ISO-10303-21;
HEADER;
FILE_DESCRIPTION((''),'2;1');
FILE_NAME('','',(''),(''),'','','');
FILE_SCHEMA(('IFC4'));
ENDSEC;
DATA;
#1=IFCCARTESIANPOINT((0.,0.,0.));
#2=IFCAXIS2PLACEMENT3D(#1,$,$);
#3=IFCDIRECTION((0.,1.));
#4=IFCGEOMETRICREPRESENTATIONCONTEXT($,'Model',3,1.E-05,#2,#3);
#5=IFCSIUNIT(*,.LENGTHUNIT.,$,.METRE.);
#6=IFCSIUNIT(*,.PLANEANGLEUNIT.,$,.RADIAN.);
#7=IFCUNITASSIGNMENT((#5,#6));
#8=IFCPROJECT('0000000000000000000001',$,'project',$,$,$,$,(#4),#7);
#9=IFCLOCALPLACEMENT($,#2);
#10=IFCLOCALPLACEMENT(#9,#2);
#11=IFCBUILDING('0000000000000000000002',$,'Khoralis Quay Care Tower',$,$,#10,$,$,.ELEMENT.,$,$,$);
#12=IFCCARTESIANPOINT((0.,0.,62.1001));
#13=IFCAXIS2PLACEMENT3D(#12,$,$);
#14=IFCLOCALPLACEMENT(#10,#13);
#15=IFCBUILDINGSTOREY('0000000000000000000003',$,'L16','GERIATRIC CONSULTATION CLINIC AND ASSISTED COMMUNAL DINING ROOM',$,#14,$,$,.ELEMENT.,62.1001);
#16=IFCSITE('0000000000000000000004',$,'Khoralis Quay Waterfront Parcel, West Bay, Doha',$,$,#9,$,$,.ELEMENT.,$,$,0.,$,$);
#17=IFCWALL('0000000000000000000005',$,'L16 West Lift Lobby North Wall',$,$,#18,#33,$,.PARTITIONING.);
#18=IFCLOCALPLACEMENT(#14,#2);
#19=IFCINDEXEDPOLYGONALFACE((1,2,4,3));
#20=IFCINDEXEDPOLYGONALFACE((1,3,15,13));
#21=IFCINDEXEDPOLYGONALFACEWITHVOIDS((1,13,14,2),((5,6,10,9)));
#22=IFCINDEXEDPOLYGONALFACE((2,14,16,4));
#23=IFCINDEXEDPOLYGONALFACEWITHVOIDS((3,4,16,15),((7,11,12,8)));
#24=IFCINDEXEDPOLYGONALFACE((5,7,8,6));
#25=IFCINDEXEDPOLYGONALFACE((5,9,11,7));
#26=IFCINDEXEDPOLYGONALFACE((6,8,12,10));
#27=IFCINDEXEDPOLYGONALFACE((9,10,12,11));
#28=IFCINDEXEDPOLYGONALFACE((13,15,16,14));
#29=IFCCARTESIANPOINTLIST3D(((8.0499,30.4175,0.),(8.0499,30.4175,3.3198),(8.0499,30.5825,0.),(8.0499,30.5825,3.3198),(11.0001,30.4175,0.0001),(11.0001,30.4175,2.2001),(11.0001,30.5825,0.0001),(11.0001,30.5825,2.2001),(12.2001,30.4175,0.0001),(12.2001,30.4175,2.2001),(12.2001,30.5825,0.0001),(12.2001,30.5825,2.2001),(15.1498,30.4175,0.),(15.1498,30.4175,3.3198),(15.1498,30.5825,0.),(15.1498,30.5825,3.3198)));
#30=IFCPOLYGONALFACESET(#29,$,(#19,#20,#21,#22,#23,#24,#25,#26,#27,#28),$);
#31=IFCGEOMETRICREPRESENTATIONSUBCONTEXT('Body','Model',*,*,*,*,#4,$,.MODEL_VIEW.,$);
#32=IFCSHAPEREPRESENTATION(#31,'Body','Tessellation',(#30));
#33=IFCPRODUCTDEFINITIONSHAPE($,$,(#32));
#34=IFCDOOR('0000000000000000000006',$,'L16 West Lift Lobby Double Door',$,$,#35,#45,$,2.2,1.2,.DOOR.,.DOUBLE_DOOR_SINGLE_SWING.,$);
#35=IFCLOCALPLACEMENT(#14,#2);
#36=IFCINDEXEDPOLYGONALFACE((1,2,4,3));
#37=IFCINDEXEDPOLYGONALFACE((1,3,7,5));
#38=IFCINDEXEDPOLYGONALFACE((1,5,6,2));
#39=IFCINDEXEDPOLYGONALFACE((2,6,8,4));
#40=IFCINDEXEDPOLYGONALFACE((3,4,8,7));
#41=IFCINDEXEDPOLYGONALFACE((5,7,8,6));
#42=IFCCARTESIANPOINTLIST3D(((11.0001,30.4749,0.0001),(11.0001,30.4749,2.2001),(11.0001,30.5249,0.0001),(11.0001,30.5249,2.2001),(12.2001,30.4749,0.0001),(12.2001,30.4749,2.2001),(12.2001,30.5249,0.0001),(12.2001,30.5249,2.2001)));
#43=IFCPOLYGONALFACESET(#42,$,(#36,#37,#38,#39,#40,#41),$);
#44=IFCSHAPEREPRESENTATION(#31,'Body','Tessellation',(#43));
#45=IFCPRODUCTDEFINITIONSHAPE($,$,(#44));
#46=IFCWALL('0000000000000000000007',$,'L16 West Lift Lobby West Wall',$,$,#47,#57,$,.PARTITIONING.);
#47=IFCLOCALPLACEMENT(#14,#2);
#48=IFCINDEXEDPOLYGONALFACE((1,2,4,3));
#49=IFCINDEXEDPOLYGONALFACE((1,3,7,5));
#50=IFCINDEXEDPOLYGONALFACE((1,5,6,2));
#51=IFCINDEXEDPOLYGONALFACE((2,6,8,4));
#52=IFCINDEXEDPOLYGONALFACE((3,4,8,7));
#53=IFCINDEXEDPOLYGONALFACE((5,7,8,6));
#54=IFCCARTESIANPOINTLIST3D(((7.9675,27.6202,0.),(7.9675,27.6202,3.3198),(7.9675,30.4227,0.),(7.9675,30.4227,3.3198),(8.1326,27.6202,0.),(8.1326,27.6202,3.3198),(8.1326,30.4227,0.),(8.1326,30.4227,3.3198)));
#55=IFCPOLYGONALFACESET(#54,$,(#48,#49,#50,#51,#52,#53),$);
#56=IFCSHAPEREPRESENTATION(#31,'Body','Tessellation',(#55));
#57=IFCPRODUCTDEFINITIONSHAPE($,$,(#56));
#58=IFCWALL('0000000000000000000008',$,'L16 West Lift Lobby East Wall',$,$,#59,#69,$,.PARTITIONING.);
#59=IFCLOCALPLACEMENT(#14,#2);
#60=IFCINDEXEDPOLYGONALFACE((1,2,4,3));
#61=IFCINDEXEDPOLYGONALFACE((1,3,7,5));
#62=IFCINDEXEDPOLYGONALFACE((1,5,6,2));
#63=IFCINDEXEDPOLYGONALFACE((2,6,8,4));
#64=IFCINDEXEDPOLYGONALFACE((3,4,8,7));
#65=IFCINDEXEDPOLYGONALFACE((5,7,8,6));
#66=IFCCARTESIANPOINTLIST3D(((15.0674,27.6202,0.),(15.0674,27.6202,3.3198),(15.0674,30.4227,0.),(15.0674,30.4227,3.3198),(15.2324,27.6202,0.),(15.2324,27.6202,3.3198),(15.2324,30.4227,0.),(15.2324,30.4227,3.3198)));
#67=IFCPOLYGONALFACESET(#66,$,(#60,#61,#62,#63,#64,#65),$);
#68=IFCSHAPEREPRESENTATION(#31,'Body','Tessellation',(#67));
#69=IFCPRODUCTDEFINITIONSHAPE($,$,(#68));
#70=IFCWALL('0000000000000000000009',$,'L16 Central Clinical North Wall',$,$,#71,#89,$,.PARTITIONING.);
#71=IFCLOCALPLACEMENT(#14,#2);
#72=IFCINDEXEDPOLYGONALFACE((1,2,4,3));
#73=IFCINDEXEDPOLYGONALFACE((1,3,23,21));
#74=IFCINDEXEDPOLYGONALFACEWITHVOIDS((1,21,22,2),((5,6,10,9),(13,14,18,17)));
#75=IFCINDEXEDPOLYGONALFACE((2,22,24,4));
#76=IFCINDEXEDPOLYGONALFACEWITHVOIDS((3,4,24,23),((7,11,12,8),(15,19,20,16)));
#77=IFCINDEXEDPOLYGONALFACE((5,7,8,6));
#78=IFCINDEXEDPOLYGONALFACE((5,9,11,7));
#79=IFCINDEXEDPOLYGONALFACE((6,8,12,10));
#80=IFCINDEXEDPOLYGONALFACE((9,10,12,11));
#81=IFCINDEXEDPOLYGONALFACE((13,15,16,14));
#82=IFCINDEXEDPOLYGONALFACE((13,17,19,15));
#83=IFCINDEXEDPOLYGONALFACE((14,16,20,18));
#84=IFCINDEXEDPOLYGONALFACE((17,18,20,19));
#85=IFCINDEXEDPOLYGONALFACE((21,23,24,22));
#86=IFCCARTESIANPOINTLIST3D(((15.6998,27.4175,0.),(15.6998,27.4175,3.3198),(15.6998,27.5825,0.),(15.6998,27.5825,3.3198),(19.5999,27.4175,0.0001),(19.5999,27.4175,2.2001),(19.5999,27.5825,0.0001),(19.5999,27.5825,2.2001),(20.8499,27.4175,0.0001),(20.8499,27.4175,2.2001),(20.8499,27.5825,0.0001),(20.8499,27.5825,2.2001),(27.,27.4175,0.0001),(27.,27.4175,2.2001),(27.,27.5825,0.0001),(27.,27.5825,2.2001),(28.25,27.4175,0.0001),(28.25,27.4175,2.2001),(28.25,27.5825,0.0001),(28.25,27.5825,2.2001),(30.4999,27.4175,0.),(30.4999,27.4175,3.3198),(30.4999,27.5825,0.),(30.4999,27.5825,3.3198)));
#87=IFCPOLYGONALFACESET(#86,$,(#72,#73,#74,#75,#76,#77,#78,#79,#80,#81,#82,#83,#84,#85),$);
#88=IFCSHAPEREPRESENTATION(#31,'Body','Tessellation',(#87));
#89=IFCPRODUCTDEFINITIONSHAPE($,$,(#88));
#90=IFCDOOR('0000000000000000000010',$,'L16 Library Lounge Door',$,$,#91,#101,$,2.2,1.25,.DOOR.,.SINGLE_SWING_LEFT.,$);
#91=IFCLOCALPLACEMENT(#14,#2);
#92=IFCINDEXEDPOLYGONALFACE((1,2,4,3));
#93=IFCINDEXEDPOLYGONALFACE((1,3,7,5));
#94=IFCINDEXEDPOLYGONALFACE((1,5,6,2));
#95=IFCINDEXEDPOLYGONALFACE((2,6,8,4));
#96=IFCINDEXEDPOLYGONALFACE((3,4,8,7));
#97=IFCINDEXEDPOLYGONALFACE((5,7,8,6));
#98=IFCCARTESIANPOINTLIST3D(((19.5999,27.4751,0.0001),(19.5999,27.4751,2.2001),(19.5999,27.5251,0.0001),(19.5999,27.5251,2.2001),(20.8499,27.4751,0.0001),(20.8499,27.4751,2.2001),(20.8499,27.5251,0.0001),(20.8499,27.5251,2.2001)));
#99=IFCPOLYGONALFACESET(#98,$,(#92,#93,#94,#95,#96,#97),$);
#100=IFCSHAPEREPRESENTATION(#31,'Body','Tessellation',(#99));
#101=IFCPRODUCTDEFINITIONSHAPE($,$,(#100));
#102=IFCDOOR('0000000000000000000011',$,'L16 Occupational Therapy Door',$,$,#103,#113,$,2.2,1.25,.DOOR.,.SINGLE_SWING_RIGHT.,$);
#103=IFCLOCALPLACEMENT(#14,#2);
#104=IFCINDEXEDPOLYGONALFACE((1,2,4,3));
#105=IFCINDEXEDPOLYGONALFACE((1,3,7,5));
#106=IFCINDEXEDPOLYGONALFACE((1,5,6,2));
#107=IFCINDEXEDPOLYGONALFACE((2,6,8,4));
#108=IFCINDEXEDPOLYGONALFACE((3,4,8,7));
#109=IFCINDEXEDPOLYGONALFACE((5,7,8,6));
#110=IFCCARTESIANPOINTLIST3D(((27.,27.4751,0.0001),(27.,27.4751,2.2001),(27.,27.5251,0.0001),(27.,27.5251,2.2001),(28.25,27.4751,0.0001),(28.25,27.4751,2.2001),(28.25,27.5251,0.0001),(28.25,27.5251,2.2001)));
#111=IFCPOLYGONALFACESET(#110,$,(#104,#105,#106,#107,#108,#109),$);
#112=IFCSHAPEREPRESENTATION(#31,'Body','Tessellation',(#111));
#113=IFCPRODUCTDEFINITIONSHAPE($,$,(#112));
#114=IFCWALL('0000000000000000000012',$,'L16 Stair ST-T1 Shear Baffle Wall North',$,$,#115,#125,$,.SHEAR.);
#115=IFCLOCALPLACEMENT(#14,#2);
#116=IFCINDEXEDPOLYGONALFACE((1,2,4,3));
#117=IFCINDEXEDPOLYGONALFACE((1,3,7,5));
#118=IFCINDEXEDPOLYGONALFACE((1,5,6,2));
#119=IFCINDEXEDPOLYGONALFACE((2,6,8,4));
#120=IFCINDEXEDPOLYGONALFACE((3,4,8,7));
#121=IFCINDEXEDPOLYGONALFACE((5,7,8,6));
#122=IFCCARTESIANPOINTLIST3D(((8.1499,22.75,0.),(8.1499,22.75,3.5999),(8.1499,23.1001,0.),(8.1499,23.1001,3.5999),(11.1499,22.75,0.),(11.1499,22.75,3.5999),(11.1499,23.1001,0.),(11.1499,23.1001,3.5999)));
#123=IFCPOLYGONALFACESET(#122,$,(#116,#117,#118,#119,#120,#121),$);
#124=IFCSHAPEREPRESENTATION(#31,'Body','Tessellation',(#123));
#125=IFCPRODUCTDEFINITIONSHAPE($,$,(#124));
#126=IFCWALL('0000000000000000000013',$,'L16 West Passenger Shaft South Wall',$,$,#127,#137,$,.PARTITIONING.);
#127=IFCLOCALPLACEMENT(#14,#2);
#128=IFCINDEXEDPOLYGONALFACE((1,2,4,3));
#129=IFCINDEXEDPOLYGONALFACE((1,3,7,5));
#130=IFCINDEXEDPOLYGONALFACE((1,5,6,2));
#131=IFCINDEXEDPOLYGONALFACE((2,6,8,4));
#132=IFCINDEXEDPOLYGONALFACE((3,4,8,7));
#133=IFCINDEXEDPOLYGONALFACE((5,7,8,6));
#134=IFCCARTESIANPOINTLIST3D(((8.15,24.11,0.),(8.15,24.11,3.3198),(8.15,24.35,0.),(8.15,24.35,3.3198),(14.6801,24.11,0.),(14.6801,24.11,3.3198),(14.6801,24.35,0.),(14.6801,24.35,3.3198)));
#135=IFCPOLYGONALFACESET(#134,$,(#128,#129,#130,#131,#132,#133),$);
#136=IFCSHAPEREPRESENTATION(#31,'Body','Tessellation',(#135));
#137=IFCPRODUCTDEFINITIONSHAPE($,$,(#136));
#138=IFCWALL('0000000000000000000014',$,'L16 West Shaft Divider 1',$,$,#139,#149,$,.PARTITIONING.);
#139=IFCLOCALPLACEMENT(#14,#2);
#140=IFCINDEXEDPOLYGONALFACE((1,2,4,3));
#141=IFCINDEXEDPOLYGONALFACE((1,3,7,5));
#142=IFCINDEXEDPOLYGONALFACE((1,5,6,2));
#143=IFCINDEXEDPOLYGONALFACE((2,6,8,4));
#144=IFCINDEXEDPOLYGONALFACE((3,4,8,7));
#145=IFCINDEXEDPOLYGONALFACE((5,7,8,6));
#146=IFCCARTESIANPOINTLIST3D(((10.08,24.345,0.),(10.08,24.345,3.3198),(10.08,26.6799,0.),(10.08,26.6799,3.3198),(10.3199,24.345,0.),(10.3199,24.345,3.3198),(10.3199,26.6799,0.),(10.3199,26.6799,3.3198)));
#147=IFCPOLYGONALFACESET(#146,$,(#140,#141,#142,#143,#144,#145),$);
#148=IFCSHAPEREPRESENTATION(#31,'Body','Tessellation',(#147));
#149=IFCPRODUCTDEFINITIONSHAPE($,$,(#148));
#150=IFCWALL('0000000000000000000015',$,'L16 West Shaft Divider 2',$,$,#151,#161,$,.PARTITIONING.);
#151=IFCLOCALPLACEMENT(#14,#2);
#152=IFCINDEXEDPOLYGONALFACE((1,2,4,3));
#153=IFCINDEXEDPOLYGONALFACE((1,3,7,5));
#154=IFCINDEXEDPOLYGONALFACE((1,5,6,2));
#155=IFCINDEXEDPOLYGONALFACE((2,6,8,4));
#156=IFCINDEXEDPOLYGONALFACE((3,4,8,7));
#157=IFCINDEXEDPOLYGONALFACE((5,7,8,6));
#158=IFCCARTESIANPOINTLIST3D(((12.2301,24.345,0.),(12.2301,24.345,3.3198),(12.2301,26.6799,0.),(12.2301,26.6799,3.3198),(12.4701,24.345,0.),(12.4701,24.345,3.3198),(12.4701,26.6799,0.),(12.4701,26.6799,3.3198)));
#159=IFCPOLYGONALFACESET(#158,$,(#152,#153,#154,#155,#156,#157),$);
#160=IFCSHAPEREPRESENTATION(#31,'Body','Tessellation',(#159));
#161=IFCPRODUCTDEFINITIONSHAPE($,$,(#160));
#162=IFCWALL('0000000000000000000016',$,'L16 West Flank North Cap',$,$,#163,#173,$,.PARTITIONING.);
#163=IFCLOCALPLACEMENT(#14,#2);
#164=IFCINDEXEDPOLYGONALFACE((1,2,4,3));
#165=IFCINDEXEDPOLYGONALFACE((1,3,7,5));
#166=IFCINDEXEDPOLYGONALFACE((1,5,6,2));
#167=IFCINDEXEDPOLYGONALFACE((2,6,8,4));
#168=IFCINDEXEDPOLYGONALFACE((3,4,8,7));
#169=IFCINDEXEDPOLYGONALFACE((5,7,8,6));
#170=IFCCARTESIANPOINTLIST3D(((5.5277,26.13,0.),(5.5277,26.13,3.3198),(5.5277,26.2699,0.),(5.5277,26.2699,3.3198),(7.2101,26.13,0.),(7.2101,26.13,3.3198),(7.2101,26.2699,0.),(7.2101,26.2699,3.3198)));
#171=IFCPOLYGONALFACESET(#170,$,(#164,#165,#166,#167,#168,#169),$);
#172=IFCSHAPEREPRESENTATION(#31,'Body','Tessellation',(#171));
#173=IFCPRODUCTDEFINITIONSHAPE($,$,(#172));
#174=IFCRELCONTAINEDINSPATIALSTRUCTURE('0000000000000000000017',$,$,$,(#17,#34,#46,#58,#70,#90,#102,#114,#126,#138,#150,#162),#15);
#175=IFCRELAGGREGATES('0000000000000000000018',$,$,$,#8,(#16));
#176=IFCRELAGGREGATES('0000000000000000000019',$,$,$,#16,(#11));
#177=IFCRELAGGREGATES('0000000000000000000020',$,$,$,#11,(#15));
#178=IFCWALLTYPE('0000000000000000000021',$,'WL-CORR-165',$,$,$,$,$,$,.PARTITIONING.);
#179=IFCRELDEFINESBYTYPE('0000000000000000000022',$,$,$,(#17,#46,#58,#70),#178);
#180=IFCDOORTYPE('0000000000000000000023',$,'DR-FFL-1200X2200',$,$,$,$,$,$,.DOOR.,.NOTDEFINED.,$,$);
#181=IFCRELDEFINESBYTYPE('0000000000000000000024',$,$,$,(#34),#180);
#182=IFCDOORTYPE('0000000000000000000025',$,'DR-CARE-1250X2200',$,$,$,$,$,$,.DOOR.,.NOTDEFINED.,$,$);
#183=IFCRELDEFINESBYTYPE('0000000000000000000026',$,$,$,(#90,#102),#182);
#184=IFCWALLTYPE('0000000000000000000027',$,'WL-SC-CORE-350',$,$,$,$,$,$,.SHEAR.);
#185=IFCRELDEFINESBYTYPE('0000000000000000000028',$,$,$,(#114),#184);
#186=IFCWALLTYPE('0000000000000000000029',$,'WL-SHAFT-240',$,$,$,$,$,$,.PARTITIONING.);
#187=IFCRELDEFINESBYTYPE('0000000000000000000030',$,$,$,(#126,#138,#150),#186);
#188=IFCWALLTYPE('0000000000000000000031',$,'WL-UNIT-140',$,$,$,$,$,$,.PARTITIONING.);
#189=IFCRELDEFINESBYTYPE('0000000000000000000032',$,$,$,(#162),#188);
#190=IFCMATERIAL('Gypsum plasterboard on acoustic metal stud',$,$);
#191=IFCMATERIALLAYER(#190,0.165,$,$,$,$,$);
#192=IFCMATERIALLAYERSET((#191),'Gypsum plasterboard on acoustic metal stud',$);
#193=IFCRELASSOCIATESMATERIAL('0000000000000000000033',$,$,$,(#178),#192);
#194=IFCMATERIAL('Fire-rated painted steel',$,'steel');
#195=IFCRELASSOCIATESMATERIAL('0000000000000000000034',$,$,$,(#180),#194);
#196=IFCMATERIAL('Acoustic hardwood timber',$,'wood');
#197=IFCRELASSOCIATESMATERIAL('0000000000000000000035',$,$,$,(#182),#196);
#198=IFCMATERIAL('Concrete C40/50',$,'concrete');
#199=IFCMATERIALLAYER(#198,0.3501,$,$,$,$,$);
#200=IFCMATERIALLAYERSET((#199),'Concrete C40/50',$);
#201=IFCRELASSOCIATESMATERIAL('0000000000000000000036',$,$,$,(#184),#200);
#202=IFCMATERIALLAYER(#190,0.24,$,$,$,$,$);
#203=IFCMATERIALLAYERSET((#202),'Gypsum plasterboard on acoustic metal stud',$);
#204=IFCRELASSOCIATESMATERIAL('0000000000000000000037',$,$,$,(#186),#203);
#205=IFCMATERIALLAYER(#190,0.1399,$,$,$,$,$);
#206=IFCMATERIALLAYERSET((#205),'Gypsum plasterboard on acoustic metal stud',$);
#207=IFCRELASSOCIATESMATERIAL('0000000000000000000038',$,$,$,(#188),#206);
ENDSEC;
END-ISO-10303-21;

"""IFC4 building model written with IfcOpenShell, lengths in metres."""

from ifc_helpers import new_model, si_unit, direction, frame, frame_2d, origin, place, context, subcontext, project, spatial, rectangle, extrude, source, transform, mapped, material, layer, layer_set, type_object, element, fill, save


model = new_model("IFC4")

# Units and contexts
model_context = context("Model", 3, precision=1e-05, world=origin(), true_north=direction((0.0, 1.0)))
body_context = subcontext(model_context, "Body", "Model", "MODEL_VIEW")
ifc_project = project(units=[si_unit("LENGTHUNIT", "METRE"), si_unit("PLANEANGLEUNIT", "RADIAN")], contexts=[model_context])

# Site, building, storey
site_placement = place(None, origin())
site = spatial("IfcSite", under=ifc_project, at=site_placement, Name="Khoralis Quay Waterfront Parcel, West Bay, Doha", CompositionType="ELEMENT", RefElevation=0.0)
building_placement = place(site_placement, origin())
building = spatial("IfcBuilding", under=site, at=building_placement, Name="Khoralis Quay Care Tower", CompositionType="ELEMENT")
storey_placement = place(building_placement, frame((0.0, 0.0, 62.1001)))
storey = spatial("IfcBuildingStorey", under=building, at=storey_placement, Name="L16", Description="GERIATRIC CONSULTATION CLINIC AND ASSISTED COMMUNAL DINING ROOM", CompositionType="ELEMENT", Elevation=62.1001)

# Wall, opening, door
ifc_material_1 = material(Name="Gypsum plasterboard on acoustic metal stud")
ifc_layer_1 = layer(ifc_material_1, 0.165)
ifc_layer_set_1 = layer_set([ifc_layer_1], Name="Gypsum plasterboard on acoustic metal stud")
wall_type_1 = type_object("IfcWallType", Name="WL-CORR-165", PredefinedType="PARTITIONING", material=ifc_layer_set_1)
wall_1_placement = place(storey_placement, frame((8.05, 30.5, 0.0), z_axis=(0.0, 0.0, 1.0), x_axis=(1.0, 0.0, 0.0)))
wall_1 = element("IfcWall", 1, at=wall_1_placement, inside=storey, type_object=wall_type_1, Name="L16 West Lift Lobby North Wall", PredefinedType="PARTITIONING", context=body_context, shape_type="SweptSolid", body=[
    extrude(rectangle(XDim=7.0999, YDim=0.165, at=frame_2d((3.5498, 0.0))), origin(), (0.0, 0.0, 1.0), 3.3198),
])
opening_1_placement = place(wall_1_placement, frame((2.95, 0.0, 0.0)))
opening_1 = element("IfcOpeningElement", 2, at=opening_1_placement, cuts=wall_1, PredefinedType="OPENING", context=body_context, shape_type="SweptSolid", body=[
    extrude(rectangle(XDim=1.2, YDim=2.2, at=frame_2d((0.6001, 1.1001))), frame((0.0, 0.0925, 0.0), z_axis=(0.0, -1.0, 0.0), x_axis=(1.0, 0.0, 0.0)), (0.0, 0.0, 1.0), 0.1851),
])
ifc_material_2 = material(Name="Fire-rated painted steel", Category="steel")
door_type_1 = type_object("IfcDoorType", Name="DR-FFL-1200X2200", OperationType="NOTDEFINED", PredefinedType="DOOR", material=ifc_material_2)
shared_shape_1 = source(origin(), body_context, "Body", "SweptSolid", [
    extrude(rectangle(XDim=1.2, YDim=2.2, at=frame_2d((0.6001, 1.1001))), frame((0.0, 0.0249, 0.0), z_axis=(0.0, -1.0, 0.0), x_axis=(1.0, 0.0, 0.0)), (0.0, 0.0, 1.0), 0.05),
])
door_1_placement = place(opening_1_placement, origin())
door_1 = element("IfcDoor", 3, at=door_1_placement, inside=storey, type_object=door_type_1, Name="L16 West Lift Lobby Double Door", OperationType="DOUBLE_DOOR_SINGLE_SWING", OverallHeight=2.2, OverallWidth=1.2, PredefinedType="DOOR", context=body_context, shape_type="MappedRepresentation", body=[
    mapped(shared_shape_1, transform((0.0, 0.0, 0.0), scale=1.0)),
])
fill(opening_1, door_1)

# Walls
for number, where, z_axis, x_axis, name in (
    (4, (8.05, 27.6201, 0.0), (0.0, 0.0, 1.0), (0.0, 1.0, 0.0), "L16 West Lift Lobby West Wall"),
    (5, (15.1499, 27.6201, 0.0), (0.0, 0.0, 1.0), (0.0, 1.0, 0.0), "L16 West Lift Lobby East Wall"),
):
    element("IfcWall", number, at=place(storey_placement, frame(where, z_axis=z_axis, x_axis=x_axis)), inside=storey, type_object=wall_type_1, Name=name, PredefinedType="PARTITIONING", context=body_context, shape_type="SweptSolid", body=[
        extrude(rectangle(XDim=2.8025, YDim=0.165, at=frame_2d((1.4014, 0.0))), origin(), (0.0, 0.0, 1.0), 3.3198),
    ])

# Wall, openings, doors
wall_2_placement = place(storey_placement, frame((15.7, 27.5, 0.0), z_axis=(0.0, 0.0, 1.0), x_axis=(1.0, 0.0, 0.0)))
wall_2 = element("IfcWall", 6, at=wall_2_placement, inside=storey, type_object=wall_type_1, Name="L16 Central Clinical North Wall", PredefinedType="PARTITIONING", context=body_context, shape_type="SweptSolid", body=[
    extrude(rectangle(XDim=14.8, YDim=0.165, at=frame_2d((7.3999, 0.0))), origin(), (0.0, 0.0, 1.0), 3.3198),
])
opening_2_placement = place(wall_2_placement, frame((3.8999, 0.0, 0.0)))
opening_2 = element("IfcOpeningElement", 7, at=opening_2_placement, cuts=wall_2, PredefinedType="OPENING", context=body_context, shape_type="SweptSolid", body=[
    extrude(rectangle(XDim=1.25, YDim=2.2, at=frame_2d((0.625, 1.1001))), frame((0.0, 0.0925, 0.0), z_axis=(0.0, -1.0, 0.0), x_axis=(1.0, 0.0, 0.0)), (0.0, 0.0, 1.0), 0.1851),
])
opening_3_placement = place(wall_2_placement, frame((11.3, 0.0, 0.0)))
opening_3 = element("IfcOpeningElement", 8, at=opening_3_placement, cuts=wall_2, PredefinedType="OPENING", context=body_context, shape_type="SweptSolid", body=[
    extrude(rectangle(XDim=1.25, YDim=2.2, at=frame_2d((0.625, 1.1001))), frame((0.0, 0.0925, 0.0), z_axis=(0.0, -1.0, 0.0), x_axis=(1.0, 0.0, 0.0)), (0.0, 0.0, 1.0), 0.1851),
])
ifc_material_3 = material(Name="Acoustic hardwood timber", Category="wood")
door_type_2 = type_object("IfcDoorType", Name="DR-CARE-1250X2200", OperationType="NOTDEFINED", PredefinedType="DOOR", material=ifc_material_3)
shared_shape_2 = source(origin(), body_context, "Body", "SweptSolid", [
    extrude(rectangle(XDim=1.25, YDim=2.2, at=frame_2d((0.625, 1.1001))), frame((0.0, 0.0249, 0.0), z_axis=(0.0, -1.0, 0.0), x_axis=(1.0, 0.0, 0.0)), (0.0, 0.0, 1.0), 0.05),
])
door_2_placement = place(opening_2_placement, frame((1.25, 0.0, 0.0), z_axis=(0.0, 0.0, 1.0), x_axis=(-1.0, 0.0, 0.0)))
door_2 = element("IfcDoor", 9, at=door_2_placement, inside=storey, type_object=door_type_2, Name="L16 Library Lounge Door", OperationType="SINGLE_SWING_LEFT", OverallHeight=2.2, OverallWidth=1.25, PredefinedType="DOOR", context=body_context, shape_type="MappedRepresentation", body=[
    mapped(shared_shape_2, transform((0.0, 0.0, 0.0), scale=1.0)),
])
fill(opening_2, door_2)
door_3_placement = place(opening_3_placement, frame((1.25, 0.0, 0.0), z_axis=(0.0, 0.0, 1.0), x_axis=(-1.0, 0.0, 0.0)))
door_3 = element("IfcDoor", 10, at=door_3_placement, inside=storey, type_object=door_type_2, Name="L16 Occupational Therapy Door", OperationType="SINGLE_SWING_RIGHT", OverallHeight=2.2, OverallWidth=1.25, PredefinedType="DOOR", context=body_context, shape_type="MappedRepresentation", body=[
    mapped(shared_shape_2, transform((0.0, 0.0, 0.0), scale=1.0)),
])
fill(opening_3, door_3)

# Walls
ifc_material_4 = material(Name="Concrete C40/50", Category="concrete")
ifc_layer_2 = layer(ifc_material_4, 0.3501)
ifc_layer_set_2 = layer_set([ifc_layer_2], Name="Concrete C40/50")
wall_type_2 = type_object("IfcWallType", Name="WL-SC-CORE-350", PredefinedType="SHEAR", material=ifc_layer_set_2)
wall_3_placement = place(storey_placement, frame((8.1499, 22.925, 0.0), z_axis=(0.0, 0.0, 1.0), x_axis=(1.0, 0.0, 0.0)))
element("IfcWall", 11, at=wall_3_placement, inside=storey, type_object=wall_type_2, Name="L16 Stair ST-T1 Shear Baffle Wall North", PredefinedType="SHEAR", context=body_context, shape_type="SweptSolid", body=[
    extrude(rectangle(XDim=3.0, YDim=0.3501, at=frame_2d((1.5, 0.0))), origin(), (0.0, 0.0, 1.0), 3.5999),
])
ifc_layer_3 = layer(ifc_material_1, 0.24)
ifc_layer_set_3 = layer_set([ifc_layer_3], Name="Gypsum plasterboard on acoustic metal stud")
wall_type_3 = type_object("IfcWallType", Name="WL-SHAFT-240", PredefinedType="PARTITIONING", material=ifc_layer_set_3)
wall_4_placement = place(storey_placement, frame((8.1499, 24.23, 0.0), z_axis=(0.0, 0.0, 1.0), x_axis=(1.0, 0.0, 0.0)))
element("IfcWall", 12, at=wall_4_placement, inside=storey, type_object=wall_type_3, Name="L16 West Passenger Shaft South Wall", PredefinedType="PARTITIONING", context=body_context, shape_type="SweptSolid", body=[
    extrude(rectangle(XDim=6.53, YDim=0.24, at=frame_2d((3.2651, 0.0))), origin(), (0.0, 0.0, 1.0), 3.3198),
])
for number, where, z_axis, x_axis, name in (
    (13, (10.2, 24.345, 0.0), (0.0, 0.0, 1.0), (0.0, 1.0, 0.0), "L16 West Shaft Divider 1"),
    (14, (12.3501, 24.345, 0.0), (0.0, 0.0, 1.0), (0.0, 1.0, 0.0), "L16 West Shaft Divider 2"),
):
    element("IfcWall", number, at=place(storey_placement, frame(where, z_axis=z_axis, x_axis=x_axis)), inside=storey, type_object=wall_type_3, Name=name, PredefinedType="PARTITIONING", context=body_context, shape_type="SweptSolid", body=[
        extrude(rectangle(XDim=2.335, YDim=0.24, at=frame_2d((1.1675, 0.0))), origin(), (0.0, 0.0, 1.0), 3.3198),
    ])
ifc_layer_4 = layer(ifc_material_1, 0.1399)
ifc_layer_set_4 = layer_set([ifc_layer_4], Name="Gypsum plasterboard on acoustic metal stud")
wall_type_4 = type_object("IfcWallType", Name="WL-UNIT-140", PredefinedType="PARTITIONING", material=ifc_layer_set_4)
wall_5_placement = place(storey_placement, frame((5.5276, 26.2, 0.0), z_axis=(0.0, 0.0, 1.0), x_axis=(1.0, 0.0, 0.0)))
element("IfcWall", 15, at=wall_5_placement, inside=storey, type_object=wall_type_4, Name="L16 West Flank North Cap", PredefinedType="PARTITIONING", context=body_context, shape_type="SweptSolid", body=[
    extrude(rectangle(XDim=1.6824, YDim=0.1399, at=frame_2d((0.8413, 0.0))), origin(), (0.0, 0.0, 1.0), 3.3198),
])

save(model, "model.ifc")
